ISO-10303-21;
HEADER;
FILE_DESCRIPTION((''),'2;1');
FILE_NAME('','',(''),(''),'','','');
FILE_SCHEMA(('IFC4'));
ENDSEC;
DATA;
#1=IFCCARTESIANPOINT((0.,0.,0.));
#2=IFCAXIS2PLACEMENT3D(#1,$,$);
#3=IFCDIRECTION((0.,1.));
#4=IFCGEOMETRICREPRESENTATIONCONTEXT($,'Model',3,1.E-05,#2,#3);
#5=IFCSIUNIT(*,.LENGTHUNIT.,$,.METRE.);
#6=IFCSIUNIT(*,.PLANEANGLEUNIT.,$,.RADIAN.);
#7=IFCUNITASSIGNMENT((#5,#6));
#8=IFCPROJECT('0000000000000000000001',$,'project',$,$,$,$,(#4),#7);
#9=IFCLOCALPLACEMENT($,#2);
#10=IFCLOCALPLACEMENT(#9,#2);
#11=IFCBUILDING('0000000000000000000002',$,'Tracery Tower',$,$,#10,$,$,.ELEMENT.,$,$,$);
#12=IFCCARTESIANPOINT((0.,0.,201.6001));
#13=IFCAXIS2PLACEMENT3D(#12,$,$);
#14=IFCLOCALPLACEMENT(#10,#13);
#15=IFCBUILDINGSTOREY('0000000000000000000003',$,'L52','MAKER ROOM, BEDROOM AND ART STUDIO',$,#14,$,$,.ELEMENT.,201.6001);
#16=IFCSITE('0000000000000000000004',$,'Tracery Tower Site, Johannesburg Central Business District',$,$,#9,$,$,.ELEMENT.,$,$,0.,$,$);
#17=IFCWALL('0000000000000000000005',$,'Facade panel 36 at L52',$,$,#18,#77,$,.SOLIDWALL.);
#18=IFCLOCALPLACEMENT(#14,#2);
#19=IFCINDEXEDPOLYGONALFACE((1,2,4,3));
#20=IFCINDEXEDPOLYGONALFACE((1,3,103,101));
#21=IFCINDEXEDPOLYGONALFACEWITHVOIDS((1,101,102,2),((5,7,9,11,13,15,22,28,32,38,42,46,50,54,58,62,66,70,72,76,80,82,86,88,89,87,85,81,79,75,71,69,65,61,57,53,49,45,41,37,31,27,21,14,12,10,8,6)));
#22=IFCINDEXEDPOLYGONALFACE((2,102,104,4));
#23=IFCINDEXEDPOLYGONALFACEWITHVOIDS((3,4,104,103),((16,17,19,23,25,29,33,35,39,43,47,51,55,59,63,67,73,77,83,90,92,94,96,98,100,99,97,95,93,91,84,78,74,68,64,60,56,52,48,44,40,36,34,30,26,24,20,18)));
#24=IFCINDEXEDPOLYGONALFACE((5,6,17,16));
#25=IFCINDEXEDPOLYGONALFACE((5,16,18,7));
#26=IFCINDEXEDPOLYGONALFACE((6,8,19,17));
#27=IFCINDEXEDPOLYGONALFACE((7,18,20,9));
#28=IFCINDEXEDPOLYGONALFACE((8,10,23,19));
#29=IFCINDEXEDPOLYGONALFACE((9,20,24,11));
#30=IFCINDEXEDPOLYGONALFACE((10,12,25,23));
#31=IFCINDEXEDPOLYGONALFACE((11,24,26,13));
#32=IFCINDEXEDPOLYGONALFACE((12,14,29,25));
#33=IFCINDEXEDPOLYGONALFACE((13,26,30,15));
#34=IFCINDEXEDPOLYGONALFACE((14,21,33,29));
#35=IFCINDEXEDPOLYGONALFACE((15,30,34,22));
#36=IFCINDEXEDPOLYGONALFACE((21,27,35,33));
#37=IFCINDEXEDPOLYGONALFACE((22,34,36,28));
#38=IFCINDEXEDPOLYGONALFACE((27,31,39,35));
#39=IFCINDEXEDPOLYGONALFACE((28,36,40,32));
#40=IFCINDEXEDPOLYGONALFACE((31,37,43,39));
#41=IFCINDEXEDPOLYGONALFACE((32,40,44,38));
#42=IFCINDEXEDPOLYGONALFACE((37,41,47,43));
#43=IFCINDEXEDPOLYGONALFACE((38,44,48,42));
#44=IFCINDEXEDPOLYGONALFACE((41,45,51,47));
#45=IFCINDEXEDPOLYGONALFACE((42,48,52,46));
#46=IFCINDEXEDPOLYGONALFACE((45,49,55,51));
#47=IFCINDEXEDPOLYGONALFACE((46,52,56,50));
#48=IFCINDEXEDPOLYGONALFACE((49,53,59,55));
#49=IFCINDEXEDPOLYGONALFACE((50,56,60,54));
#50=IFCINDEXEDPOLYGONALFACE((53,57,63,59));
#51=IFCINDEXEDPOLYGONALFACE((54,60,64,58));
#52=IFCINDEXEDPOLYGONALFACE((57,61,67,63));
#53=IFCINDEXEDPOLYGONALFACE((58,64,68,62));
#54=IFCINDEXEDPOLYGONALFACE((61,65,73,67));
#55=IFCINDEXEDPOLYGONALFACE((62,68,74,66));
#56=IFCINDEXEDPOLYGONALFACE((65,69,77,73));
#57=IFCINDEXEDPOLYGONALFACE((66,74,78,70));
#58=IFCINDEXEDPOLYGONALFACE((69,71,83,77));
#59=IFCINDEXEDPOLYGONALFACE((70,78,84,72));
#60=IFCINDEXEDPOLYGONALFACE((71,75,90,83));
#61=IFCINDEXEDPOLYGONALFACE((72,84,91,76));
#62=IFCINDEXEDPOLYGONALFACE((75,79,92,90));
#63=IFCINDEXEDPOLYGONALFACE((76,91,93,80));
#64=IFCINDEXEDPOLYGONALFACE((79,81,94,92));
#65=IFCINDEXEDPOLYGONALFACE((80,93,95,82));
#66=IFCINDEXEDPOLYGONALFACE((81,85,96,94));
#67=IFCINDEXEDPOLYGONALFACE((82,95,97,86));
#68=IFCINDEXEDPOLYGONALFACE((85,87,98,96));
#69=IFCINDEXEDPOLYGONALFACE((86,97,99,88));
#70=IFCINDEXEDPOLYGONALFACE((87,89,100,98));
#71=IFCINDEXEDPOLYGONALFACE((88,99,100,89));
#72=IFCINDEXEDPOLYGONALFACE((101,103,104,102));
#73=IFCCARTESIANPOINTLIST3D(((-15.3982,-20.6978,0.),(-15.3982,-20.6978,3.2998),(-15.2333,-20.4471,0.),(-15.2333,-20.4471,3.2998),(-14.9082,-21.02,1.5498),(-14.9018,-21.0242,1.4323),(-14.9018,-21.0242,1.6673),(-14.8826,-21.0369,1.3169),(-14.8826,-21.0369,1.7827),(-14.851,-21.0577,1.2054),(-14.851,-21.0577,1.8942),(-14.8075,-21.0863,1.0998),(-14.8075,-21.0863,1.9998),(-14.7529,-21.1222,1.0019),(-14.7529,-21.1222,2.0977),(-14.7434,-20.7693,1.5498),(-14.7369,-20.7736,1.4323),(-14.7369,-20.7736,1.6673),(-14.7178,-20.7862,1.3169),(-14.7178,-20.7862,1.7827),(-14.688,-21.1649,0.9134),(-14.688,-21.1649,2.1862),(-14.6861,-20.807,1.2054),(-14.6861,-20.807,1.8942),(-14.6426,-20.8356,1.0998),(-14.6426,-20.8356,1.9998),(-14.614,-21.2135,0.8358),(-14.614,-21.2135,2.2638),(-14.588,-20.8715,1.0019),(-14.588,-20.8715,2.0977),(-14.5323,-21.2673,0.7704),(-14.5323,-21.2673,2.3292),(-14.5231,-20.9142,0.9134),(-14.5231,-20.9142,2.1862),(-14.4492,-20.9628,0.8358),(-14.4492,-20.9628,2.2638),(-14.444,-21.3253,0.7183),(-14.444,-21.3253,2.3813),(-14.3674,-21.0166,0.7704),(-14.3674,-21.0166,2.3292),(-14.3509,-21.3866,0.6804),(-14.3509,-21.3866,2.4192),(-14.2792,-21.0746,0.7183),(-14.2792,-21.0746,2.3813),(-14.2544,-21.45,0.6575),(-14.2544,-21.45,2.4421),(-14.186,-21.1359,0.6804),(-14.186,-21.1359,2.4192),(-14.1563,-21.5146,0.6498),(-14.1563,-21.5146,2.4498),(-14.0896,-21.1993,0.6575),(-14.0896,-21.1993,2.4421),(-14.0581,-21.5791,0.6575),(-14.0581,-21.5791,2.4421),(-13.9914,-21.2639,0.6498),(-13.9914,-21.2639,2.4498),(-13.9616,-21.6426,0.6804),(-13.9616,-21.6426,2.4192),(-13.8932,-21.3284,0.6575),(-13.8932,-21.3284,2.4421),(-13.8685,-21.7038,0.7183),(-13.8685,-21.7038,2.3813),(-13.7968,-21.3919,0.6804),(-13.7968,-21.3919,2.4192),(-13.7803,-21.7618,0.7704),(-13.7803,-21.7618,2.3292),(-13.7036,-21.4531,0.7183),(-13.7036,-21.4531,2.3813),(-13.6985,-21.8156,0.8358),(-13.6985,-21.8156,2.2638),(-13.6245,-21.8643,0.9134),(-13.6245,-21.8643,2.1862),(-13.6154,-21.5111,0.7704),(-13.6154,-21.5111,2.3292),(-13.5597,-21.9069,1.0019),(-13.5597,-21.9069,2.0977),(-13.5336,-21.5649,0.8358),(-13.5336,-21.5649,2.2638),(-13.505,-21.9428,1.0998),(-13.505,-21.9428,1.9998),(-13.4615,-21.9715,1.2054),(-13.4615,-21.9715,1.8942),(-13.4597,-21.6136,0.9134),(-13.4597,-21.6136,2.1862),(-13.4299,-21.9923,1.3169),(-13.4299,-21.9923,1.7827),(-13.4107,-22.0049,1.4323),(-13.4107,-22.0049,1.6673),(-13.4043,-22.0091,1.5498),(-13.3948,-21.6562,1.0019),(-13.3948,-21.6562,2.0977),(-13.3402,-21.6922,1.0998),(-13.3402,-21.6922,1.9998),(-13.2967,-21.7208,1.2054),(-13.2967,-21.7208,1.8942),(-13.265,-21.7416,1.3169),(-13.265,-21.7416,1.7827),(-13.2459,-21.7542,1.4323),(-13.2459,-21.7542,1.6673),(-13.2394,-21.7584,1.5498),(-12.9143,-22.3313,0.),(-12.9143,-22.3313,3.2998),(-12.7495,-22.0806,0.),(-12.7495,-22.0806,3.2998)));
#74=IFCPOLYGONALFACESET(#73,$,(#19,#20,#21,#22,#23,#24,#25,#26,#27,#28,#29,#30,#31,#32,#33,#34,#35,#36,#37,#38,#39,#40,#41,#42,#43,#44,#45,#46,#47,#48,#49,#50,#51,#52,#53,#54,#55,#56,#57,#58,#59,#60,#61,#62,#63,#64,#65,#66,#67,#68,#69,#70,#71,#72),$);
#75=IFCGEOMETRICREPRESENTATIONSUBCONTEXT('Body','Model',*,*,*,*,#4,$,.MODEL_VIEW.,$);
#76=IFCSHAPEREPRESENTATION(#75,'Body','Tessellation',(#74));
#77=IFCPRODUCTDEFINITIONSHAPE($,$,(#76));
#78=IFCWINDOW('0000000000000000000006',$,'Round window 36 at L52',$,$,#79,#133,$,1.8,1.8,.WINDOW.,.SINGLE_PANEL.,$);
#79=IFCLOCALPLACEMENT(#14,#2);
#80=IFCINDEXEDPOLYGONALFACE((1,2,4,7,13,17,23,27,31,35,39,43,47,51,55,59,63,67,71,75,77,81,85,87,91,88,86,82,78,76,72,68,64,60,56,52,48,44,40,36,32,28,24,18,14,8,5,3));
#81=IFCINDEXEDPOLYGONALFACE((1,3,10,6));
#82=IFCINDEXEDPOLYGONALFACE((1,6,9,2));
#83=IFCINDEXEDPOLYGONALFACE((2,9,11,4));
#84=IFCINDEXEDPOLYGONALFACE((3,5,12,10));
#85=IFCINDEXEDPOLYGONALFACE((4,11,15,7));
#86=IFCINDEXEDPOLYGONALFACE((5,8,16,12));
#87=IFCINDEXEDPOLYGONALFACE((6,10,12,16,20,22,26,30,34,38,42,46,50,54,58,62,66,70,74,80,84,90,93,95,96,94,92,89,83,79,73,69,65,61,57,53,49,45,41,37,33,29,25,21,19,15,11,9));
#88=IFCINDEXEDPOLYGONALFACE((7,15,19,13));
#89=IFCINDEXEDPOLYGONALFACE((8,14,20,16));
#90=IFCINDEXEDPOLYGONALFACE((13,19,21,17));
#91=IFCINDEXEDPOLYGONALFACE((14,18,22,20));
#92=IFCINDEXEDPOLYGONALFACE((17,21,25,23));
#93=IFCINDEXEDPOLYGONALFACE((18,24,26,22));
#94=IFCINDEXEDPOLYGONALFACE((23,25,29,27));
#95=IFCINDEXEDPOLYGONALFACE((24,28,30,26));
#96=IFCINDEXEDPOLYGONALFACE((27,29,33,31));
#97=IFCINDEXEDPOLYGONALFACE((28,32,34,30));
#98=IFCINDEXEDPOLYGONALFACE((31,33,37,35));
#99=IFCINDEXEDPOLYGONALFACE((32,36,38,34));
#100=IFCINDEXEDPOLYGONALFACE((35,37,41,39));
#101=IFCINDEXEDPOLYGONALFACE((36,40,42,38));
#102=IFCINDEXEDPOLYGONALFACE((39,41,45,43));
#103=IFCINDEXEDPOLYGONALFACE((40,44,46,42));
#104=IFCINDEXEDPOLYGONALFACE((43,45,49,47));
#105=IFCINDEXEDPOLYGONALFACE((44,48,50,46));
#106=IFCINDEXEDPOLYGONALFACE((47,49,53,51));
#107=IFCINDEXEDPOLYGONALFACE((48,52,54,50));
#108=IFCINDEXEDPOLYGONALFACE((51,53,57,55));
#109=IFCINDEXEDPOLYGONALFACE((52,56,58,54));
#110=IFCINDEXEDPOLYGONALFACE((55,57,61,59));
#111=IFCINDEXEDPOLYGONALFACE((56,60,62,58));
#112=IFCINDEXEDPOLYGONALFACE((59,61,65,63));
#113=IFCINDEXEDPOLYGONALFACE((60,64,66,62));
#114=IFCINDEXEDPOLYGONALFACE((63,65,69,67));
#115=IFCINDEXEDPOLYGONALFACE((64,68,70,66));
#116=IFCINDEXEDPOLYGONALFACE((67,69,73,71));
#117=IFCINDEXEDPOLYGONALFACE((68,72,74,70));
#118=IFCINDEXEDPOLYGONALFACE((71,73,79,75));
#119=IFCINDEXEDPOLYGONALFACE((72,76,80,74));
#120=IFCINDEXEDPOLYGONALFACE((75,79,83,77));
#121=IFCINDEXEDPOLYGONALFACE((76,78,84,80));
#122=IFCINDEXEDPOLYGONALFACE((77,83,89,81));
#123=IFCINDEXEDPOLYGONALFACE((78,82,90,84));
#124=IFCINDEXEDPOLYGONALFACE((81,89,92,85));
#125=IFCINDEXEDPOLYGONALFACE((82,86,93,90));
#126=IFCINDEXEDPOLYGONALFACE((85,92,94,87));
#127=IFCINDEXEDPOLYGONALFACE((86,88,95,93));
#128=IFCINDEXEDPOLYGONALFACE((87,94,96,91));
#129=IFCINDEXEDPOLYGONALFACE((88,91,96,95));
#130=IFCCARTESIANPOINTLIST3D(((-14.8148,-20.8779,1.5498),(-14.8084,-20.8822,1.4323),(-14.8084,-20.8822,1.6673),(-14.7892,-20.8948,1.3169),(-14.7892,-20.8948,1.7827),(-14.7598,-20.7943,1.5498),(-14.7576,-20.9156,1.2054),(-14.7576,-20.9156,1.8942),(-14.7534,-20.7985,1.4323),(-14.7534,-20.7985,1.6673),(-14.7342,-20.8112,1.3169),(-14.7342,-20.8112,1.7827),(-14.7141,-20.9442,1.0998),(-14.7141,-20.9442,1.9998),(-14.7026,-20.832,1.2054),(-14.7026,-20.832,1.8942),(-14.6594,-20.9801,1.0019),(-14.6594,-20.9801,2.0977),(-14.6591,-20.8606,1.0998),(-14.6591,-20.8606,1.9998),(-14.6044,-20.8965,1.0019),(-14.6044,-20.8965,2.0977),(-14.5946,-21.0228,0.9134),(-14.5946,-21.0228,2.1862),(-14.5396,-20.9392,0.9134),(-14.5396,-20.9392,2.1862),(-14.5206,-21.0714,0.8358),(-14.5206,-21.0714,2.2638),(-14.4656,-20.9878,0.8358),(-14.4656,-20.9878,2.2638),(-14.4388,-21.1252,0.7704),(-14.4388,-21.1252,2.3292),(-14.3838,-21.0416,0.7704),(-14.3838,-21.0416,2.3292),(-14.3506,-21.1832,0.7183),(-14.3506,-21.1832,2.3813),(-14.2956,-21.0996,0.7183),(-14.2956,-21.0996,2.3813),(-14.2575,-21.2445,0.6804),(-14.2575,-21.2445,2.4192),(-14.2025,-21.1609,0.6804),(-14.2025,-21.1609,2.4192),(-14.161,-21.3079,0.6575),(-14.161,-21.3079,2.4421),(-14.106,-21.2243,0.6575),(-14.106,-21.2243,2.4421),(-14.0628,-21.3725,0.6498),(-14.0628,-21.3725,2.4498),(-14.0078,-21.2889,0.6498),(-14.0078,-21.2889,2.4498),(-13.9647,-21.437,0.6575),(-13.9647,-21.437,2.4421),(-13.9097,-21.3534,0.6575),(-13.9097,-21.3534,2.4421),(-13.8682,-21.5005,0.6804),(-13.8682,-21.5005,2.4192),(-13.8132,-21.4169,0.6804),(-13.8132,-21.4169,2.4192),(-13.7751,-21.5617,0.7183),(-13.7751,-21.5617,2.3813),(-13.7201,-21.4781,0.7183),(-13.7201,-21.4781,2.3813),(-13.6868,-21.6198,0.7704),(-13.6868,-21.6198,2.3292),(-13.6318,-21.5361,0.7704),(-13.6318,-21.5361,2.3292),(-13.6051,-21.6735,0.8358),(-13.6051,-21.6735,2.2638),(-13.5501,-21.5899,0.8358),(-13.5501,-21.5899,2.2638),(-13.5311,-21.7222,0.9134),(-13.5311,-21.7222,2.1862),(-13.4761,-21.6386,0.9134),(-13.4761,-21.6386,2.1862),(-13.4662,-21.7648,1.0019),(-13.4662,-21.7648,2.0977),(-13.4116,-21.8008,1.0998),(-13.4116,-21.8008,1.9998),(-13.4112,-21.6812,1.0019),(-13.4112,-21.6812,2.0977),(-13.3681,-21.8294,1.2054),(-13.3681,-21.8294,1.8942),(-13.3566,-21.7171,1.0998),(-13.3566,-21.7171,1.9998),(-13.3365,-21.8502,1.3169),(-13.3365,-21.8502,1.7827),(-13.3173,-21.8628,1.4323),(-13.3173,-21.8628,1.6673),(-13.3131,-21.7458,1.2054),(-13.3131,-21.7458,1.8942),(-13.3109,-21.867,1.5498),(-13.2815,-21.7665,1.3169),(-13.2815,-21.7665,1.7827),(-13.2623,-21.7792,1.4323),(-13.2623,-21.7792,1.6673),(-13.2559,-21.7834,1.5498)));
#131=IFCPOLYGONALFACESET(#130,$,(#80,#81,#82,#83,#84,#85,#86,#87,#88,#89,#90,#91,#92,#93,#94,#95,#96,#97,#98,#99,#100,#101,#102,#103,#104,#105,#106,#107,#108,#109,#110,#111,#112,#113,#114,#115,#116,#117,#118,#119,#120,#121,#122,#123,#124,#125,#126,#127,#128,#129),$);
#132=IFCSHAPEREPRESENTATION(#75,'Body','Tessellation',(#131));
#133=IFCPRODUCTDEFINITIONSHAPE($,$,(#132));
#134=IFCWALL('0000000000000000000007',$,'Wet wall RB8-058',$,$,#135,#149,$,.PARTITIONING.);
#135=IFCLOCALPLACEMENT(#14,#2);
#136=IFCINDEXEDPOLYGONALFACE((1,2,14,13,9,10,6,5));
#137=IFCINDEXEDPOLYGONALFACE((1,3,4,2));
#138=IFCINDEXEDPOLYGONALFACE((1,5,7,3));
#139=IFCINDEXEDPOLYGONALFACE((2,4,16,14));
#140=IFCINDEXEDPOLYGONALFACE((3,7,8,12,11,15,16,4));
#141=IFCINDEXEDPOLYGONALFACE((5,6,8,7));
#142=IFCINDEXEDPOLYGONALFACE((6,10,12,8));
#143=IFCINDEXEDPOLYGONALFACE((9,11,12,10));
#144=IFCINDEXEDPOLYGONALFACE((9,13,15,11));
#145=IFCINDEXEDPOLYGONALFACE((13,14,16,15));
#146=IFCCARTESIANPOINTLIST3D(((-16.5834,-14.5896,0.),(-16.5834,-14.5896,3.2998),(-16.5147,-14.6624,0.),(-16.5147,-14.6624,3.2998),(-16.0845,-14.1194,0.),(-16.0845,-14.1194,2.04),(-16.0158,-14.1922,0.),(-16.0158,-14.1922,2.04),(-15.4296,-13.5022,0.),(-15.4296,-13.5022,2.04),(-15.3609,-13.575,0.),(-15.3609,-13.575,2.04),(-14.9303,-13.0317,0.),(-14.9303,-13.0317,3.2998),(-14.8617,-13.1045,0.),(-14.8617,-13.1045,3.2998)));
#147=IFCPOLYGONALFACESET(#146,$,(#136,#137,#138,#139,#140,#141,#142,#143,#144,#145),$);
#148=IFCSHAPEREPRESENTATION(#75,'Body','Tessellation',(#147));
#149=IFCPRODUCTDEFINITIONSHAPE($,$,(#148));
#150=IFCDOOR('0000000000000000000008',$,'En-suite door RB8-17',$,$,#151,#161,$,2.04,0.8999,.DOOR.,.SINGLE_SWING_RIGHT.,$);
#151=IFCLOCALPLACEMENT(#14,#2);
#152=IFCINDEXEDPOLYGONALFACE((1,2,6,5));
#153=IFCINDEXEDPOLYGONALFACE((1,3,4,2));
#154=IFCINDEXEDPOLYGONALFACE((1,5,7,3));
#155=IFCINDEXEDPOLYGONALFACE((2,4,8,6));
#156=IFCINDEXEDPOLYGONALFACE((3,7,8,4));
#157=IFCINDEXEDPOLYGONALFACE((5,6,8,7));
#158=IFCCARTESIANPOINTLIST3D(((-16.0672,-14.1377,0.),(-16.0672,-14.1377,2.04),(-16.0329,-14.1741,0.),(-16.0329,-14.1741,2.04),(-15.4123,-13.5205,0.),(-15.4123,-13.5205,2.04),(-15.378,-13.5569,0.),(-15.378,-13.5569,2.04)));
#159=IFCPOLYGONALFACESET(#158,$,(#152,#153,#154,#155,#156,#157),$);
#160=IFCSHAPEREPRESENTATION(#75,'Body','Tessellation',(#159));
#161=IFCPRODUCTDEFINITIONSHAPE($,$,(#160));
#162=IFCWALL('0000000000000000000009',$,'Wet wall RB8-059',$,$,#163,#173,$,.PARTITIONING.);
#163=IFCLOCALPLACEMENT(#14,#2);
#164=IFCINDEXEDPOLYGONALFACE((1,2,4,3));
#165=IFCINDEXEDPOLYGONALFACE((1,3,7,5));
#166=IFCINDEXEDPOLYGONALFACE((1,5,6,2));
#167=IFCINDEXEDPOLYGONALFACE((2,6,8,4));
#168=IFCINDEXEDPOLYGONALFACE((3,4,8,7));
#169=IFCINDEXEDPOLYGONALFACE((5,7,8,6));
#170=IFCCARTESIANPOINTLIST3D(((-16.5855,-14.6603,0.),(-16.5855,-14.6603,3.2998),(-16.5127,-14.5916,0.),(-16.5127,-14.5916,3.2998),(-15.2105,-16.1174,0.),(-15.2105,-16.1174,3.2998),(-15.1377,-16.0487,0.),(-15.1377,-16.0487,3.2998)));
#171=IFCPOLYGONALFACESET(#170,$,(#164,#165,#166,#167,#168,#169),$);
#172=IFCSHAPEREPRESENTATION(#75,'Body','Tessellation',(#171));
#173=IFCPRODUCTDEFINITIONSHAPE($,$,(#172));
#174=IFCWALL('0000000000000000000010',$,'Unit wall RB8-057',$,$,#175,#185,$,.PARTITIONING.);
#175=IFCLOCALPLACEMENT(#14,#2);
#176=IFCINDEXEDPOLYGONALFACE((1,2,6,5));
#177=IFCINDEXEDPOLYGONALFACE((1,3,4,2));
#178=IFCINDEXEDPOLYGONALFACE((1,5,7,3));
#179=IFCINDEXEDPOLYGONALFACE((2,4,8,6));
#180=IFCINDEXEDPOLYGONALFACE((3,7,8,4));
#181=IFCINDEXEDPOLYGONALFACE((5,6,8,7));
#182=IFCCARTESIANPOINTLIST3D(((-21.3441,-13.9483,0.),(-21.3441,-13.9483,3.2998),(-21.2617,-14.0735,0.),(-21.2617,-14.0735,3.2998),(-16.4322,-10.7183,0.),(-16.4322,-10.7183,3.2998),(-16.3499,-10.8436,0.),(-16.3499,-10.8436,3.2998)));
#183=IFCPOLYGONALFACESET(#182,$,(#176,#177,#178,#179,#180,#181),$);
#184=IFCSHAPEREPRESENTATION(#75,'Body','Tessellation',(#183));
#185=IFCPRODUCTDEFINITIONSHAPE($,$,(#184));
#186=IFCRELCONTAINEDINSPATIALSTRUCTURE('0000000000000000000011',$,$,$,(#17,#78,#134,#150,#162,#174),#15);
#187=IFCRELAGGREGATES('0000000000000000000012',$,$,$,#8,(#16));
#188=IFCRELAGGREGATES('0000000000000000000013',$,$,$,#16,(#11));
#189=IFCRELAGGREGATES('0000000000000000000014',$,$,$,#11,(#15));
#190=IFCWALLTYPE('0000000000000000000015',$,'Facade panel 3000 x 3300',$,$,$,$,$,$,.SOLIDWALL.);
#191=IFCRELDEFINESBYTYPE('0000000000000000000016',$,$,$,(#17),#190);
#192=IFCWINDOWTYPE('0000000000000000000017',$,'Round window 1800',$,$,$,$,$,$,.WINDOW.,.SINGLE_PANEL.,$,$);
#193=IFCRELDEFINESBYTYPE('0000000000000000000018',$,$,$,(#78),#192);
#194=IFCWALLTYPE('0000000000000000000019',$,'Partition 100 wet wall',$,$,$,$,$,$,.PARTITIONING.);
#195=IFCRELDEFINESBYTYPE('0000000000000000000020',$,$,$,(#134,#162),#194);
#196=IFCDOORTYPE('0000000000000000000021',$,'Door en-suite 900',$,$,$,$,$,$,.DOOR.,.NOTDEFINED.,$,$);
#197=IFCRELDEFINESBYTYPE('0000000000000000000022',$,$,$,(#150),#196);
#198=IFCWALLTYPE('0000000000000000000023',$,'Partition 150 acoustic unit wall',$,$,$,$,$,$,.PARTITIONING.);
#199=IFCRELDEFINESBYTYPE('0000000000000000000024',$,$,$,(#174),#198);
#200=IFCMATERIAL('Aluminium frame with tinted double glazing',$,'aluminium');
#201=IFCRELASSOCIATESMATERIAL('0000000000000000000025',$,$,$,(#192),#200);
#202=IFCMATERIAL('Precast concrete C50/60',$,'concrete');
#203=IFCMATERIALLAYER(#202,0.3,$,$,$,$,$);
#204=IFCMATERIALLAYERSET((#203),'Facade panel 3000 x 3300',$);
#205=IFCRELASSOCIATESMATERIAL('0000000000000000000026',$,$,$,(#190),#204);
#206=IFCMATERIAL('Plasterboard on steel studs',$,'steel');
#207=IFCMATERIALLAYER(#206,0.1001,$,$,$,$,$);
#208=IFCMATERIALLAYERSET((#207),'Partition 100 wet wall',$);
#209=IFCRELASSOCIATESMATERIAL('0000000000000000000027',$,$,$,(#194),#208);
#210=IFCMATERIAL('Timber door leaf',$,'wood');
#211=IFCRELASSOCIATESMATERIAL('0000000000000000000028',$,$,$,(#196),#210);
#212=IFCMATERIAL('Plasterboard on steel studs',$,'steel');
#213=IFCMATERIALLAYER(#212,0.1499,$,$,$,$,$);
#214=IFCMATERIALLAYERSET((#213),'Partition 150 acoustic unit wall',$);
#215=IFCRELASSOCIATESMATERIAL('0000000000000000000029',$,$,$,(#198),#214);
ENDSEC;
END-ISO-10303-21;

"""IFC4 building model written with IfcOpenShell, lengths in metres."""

from ifc_helpers import new_model, si_unit, direction, frame, frame_2d, origin, origin_2d, place, context, subcontext, project, spatial, rectangle, circle, extrude, material, layer, layer_set, type_object, element, fill, save


model = new_model("IFC4")

# Units and contexts
model_context = context("Model", 3, precision=1e-05, world=origin(), true_north=direction((0.0, 1.0)))
body_context = subcontext(model_context, "Body", "Model", "MODEL_VIEW")
ifc_project = project(units=[si_unit("LENGTHUNIT", "METRE"), si_unit("PLANEANGLEUNIT", "RADIAN")], contexts=[model_context])

# Site, building, storey
site_placement = place(None, origin())
site = spatial("IfcSite", under=ifc_project, at=site_placement, Name="Tracery Tower Site, Johannesburg Central Business District", CompositionType="ELEMENT", RefElevation=0.0)
building_placement = place(site_placement, origin())
building = spatial("IfcBuilding", under=site, at=building_placement, Name="Tracery Tower", CompositionType="ELEMENT")
storey_placement = place(building_placement, frame((0.0, 0.0, 201.6001)))
storey = spatial("IfcBuildingStorey", under=building, at=storey_placement, Name="L52", Description="MAKER ROOM, BEDROOM AND ART STUDIO", CompositionType="ELEMENT", Elevation=201.6001)

# Wall, opening, window
ifc_material_1 = material(Name="Aluminium frame with tinted double glazing", Category="aluminium")
window_type = type_object("IfcWindowType", Name="Round window 1800", PartitioningType="SINGLE_PANEL", PredefinedType="WINDOW", material=ifc_material_1)
ifc_material_2 = material(Name="Precast concrete C50/60", Category="concrete")
ifc_layer_1 = layer(ifc_material_2, 0.3)
ifc_layer_set_1 = layer_set([ifc_layer_1], Name="Facade panel 3000 x 3300")
wall_type_1 = type_object("IfcWallType", Name="Facade panel 3000 x 3300", PredefinedType="SOLIDWALL", material=ifc_layer_set_1)
wall_1_placement = place(storey_placement, frame((-15.3157, -20.5725, 0.0), z_axis=(0.0, 0.0, 1.0), x_axis=(0.835508, -0.549478, 0.0)))
wall_1 = element("IfcWall", 1, at=wall_1_placement, inside=storey, type_object=wall_type_1, Name="Facade panel 36 at L52", PredefinedType="SOLIDWALL", context=body_context, shape_type="SweptSolid", body=[
    extrude(rectangle(XDim=2.9729, YDim=0.3, at=frame_2d((1.4863, 0.0))), origin(), (0.0, 0.0, 1.0), 3.2998),
])
opening_1_placement = place(wall_1_placement, frame((1.4863, 0.0, 1.5498)))
opening_1 = element("IfcOpeningElement", 2, at=opening_1_placement, cuts=wall_1, PredefinedType="OPENING", context=body_context, shape_type="SweptSolid", body=[
    extrude(circle(Radius=0.9, at=origin_2d()), frame((0.0, 0.1599, 0.0), z_axis=(0.0, -1.0, 0.0), x_axis=(1.0, 0.0, 0.0)), (0.0, 0.0, 1.0), 0.3201),
])
window_1_placement = place(opening_1_placement, origin())
window_1 = element("IfcWindow", 3, at=window_1_placement, inside=storey, type_object=window_type, Name="Round window 36 at L52", OverallHeight=1.8, OverallWidth=1.8, PartitioningType="SINGLE_PANEL", PredefinedType="WINDOW", context=body_context, shape_type="SweptSolid", body=[
    extrude(circle(Radius=0.9, at=origin_2d()), frame((0.0, 0.1201, 0.0), z_axis=(0.0, -1.0, 0.0), x_axis=(1.0, 0.0, 0.0)), (0.0, 0.0, 1.0), 0.1001),
])
fill(opening_1, window_1)

# Wall, opening, door
ifc_material_3 = material(Name="Plasterboard on steel studs", Category="steel")
ifc_layer_2 = layer(ifc_material_3, 0.1001)
ifc_layer_set_2 = layer_set([ifc_layer_2], Name="Partition 100 wet wall")
wall_type_2 = type_object("IfcWallType", Name="Partition 100 wet wall", PredefinedType="PARTITIONING", material=ifc_layer_set_2)
wall_2_placement = place(storey_placement, frame((-16.5491, -14.626, 0.0), z_axis=(0.0, 0.0, 1.0), x_axis=(0.727755, 0.685837, 0.0)))
wall_2 = element("IfcWall", 4, at=wall_2_placement, inside=storey, type_object=wall_type_2, Name="Wet wall RB8-058", PredefinedType="PARTITIONING", context=body_context, shape_type="SweptSolid", body=[
    extrude(rectangle(XDim=2.2715, YDim=0.1001, at=frame_2d((1.1357, 0.0))), origin(), (0.0, 0.0, 1.0), 3.2998),
])
opening_2_placement = place(wall_2_placement, frame((0.6855, 0.0, 0.0)))
opening_2 = element("IfcOpeningElement", 5, at=opening_2_placement, cuts=wall_2, PredefinedType="OPENING", context=body_context, shape_type="SweptSolid", body=[
    extrude(rectangle(XDim=0.8999, YDim=2.04, at=frame_2d((0.45, 1.02))), frame((0.0, 0.05, 0.0), z_axis=(0.0, -1.0, 0.0), x_axis=(1.0, 0.0, 0.0)), (0.0, 0.0, 1.0), 0.1001),
])
ifc_material_4 = material(Name="Timber door leaf", Category="wood")
door_type = type_object("IfcDoorType", Name="Door en-suite 900", OperationType="NOTDEFINED", PredefinedType="DOOR", material=ifc_material_4)
door_placement = place(opening_2_placement, origin())
door = element("IfcDoor", 6, at=door_placement, inside=storey, type_object=door_type, Name="En-suite door RB8-17", OperationType="SINGLE_SWING_RIGHT", OverallHeight=2.04, OverallWidth=0.8999, PredefinedType="DOOR", context=body_context, shape_type="SweptSolid", body=[
    extrude(rectangle(XDim=0.8999, YDim=2.04, at=frame_2d((0.45, 1.02))), frame((0.0, 0.0249, 0.0), z_axis=(0.0, -1.0, 0.0), x_axis=(1.0, 0.0, 0.0)), (0.0, 0.0, 1.0), 0.05),
])
fill(opening_2, door)

# Walls
wall_3_placement = place(storey_placement, frame((-16.5491, -14.626, 0.0), z_axis=(0.0, 0.0, 1.0), x_axis=(0.686337, -0.727283, 0.0)))
element("IfcWall", 7, at=wall_3_placement, inside=storey, type_object=wall_type_2, Name="Wet wall RB8-059", PredefinedType="PARTITIONING", context=body_context, shape_type="SweptSolid", body=[
    extrude(rectangle(XDim=2.0034, YDim=0.1001, at=frame_2d((1.0017, 0.0))), origin(), (0.0, 0.0, 1.0), 3.2998),
])
ifc_material_5 = material(Name="Plasterboard on steel studs", Category="steel")
ifc_layer_3 = layer(ifc_material_5, 0.1499)
ifc_layer_set_3 = layer_set([ifc_layer_3], Name="Partition 150 acoustic unit wall")
wall_type_3 = type_object("IfcWallType", Name="Partition 150 acoustic unit wall", PredefinedType="PARTITIONING", material=ifc_layer_set_3)
wall_4_placement = place(storey_placement, frame((-21.303, -14.011, 0.0), z_axis=(0.0, 0.0, 1.0), x_axis=(0.835535, 0.549437, 0.0)))
element("IfcWall", 8, at=wall_4_placement, inside=storey, type_object=wall_type_3, Name="Unit wall RB8-057", PredefinedType="PARTITIONING", context=body_context, shape_type="SweptSolid", body=[
    extrude(rectangle(XDim=5.8787, YDim=0.1499, at=frame_2d((2.9395, 0.0))), origin(), (0.0, 0.0, 1.0), 3.2998),
])

save(model, "model.ifc")
